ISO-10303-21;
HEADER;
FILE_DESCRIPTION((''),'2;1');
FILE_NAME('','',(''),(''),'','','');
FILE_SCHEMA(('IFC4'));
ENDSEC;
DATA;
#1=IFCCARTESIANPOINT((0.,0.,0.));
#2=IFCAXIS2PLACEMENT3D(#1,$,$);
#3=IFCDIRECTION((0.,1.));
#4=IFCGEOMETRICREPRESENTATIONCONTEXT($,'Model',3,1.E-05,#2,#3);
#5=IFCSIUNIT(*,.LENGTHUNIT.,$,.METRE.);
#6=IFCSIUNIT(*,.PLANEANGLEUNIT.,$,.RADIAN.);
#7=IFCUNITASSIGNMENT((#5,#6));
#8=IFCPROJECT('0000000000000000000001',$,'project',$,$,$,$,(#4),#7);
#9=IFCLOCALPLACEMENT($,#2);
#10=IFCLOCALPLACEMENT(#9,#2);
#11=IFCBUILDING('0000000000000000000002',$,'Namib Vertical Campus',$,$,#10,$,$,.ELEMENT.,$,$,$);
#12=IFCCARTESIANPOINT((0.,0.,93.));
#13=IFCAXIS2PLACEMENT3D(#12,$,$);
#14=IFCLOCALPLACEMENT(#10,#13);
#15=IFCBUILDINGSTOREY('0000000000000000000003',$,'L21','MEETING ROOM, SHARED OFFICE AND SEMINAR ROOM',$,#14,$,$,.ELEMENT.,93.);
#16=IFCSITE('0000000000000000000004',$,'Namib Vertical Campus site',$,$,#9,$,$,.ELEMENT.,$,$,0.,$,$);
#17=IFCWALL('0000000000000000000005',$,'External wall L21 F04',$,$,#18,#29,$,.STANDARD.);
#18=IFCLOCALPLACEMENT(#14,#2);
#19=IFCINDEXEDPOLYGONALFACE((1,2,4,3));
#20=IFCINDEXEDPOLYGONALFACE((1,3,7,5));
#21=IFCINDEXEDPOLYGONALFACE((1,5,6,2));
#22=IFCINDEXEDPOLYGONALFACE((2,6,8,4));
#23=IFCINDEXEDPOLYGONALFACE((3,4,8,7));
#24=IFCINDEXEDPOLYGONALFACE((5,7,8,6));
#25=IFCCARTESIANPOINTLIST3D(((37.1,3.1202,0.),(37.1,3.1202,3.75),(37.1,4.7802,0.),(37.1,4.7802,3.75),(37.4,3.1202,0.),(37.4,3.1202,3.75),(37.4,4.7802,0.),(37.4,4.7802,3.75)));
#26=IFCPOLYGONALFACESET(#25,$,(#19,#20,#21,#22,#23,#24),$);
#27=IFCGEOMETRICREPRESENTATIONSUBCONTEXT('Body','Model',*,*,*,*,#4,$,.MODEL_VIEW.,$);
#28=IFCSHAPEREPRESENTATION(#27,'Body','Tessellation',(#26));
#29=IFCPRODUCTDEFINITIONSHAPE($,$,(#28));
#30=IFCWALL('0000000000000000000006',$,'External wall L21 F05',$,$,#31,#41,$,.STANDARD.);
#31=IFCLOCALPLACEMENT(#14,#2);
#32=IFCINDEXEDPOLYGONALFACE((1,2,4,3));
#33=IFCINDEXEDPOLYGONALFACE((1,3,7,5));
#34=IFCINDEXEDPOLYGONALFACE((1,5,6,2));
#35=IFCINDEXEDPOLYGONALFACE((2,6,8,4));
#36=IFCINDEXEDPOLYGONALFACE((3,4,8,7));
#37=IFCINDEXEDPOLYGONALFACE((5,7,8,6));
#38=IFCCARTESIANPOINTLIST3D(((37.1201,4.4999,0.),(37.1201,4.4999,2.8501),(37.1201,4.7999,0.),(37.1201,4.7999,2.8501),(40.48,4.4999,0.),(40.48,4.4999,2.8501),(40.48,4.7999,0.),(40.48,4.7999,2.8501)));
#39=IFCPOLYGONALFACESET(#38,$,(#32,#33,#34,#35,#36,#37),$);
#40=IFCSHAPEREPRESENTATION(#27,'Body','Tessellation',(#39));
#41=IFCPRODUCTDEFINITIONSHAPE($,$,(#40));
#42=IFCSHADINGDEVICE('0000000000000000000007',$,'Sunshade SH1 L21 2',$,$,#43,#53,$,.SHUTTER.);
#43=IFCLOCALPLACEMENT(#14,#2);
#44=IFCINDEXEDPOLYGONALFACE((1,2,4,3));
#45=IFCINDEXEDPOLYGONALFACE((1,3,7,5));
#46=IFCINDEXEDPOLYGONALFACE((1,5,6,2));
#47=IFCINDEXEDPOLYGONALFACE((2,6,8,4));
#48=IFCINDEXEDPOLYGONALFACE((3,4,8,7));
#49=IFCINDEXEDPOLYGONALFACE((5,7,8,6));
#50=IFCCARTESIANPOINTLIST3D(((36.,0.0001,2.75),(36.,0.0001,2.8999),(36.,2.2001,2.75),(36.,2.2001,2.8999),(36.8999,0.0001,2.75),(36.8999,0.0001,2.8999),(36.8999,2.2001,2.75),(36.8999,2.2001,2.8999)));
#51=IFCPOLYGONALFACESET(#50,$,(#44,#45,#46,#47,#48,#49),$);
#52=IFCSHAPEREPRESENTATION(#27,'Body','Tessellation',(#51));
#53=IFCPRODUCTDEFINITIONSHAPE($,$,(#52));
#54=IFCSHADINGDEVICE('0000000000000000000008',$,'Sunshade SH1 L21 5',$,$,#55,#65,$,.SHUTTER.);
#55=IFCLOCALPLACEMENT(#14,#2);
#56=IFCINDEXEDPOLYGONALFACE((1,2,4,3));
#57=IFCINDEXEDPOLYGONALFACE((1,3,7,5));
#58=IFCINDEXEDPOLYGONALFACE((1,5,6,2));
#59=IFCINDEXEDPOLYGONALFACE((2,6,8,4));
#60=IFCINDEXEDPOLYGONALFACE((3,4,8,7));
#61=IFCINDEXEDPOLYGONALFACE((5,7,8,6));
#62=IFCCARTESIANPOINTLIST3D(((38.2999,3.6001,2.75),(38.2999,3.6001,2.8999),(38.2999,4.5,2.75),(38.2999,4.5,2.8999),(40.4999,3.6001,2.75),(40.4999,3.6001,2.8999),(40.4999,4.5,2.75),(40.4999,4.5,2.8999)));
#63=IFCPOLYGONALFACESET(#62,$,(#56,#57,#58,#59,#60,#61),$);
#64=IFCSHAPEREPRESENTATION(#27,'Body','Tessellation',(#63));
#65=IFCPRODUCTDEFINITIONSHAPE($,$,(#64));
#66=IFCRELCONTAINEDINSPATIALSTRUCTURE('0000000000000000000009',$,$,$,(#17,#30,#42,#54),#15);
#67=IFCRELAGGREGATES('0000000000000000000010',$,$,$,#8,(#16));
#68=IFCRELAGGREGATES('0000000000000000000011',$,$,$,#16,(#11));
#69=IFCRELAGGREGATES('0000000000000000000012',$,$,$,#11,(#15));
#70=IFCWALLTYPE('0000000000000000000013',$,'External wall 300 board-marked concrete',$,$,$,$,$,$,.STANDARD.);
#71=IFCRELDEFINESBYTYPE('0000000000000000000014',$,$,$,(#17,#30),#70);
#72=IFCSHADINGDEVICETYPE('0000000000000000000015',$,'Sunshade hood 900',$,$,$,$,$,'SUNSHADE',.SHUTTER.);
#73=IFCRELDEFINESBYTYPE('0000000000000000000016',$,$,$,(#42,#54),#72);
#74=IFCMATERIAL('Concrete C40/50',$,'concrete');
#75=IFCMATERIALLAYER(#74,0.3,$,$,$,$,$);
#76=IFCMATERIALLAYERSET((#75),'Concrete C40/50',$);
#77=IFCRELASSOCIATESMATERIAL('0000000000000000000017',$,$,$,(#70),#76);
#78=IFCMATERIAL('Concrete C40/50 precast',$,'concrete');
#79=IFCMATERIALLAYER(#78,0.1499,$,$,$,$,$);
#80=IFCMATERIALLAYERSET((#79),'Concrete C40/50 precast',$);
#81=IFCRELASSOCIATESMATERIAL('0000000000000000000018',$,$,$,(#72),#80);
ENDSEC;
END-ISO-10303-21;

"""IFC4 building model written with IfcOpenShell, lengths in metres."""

from ifc_helpers import new_model, si_unit, direction, frame, frame_2d, origin, origin_2d, place, context, subcontext, project, spatial, rectangle, extrude, material, layer, layer_set, type_object, element, save


model = new_model("IFC4")

# Units and contexts
model_context = context("Model", 3, precision=1e-05, world=origin(), true_north=direction((0.0, 1.0)))
body_context = subcontext(model_context, "Body", "Model", "MODEL_VIEW")
ifc_project = project(units=[si_unit("LENGTHUNIT", "METRE"), si_unit("PLANEANGLEUNIT", "RADIAN")], contexts=[model_context])

# Site, building, storey
site_placement = place(None, origin())
site = spatial("IfcSite", under=ifc_project, at=site_placement, Name="Namib Vertical Campus site", CompositionType="ELEMENT", RefElevation=0.0)
building_placement = place(site_placement, origin())
building = spatial("IfcBuilding", under=site, at=building_placement, Name="Namib Vertical Campus", CompositionType="ELEMENT")
storey_placement = place(building_placement, frame((0.0, 0.0, 93.0)))
storey = spatial("IfcBuildingStorey", under=building, at=storey_placement, Name="L21", Description="MEETING ROOM, SHARED OFFICE AND SEMINAR ROOM", CompositionType="ELEMENT", Elevation=93.0)

# Walls
ifc_material_1 = material(Name="Concrete C40/50", Category="concrete")
ifc_layer_1 = layer(ifc_material_1, 0.3)
ifc_layer_set_1 = layer_set([ifc_layer_1], Name="Concrete C40/50")
wall_type_1 = type_object("IfcWallType", Name="External wall 300 board-marked concrete", PredefinedType="STANDARD", material=ifc_layer_set_1)
wall_1_placement = place(storey_placement, frame((37.25, 3.1201, 0.0), z_axis=(0.0, 0.0, 1.0), x_axis=(0.0, 1.0, 0.0)))
element("IfcWall", 1, at=wall_1_placement, inside=storey, type_object=wall_type_1, Name="External wall L21 F04", PredefinedType="STANDARD", context=body_context, shape_type="SweptSolid", body=[
    extrude(rectangle(XDim=1.6599, YDim=0.3, at=frame_2d((0.8301, 0.0))), origin(), (0.0, 0.0, 1.0), 3.75),
])
wall_2_placement = place(storey_placement, frame((37.1201, 4.6499, 0.0), z_axis=(0.0, 0.0, 1.0), x_axis=(1.0, 0.0, 0.0)))
element("IfcWall", 2, at=wall_2_placement, inside=storey, type_object=wall_type_1, Name="External wall L21 F05", PredefinedType="STANDARD", context=body_context, shape_type="SweptSolid", body=[
    extrude(rectangle(XDim=3.3599, YDim=0.3, at=frame_2d((1.6799, 0.0))), origin(), (0.0, 0.0, 1.0), 2.8501),
])

# Shading devices
ifc_material_2 = material(Name="Concrete C40/50 precast", Category="concrete")
ifc_layer_2 = layer(ifc_material_2, 0.1499)
ifc_layer_set_2 = layer_set([ifc_layer_2], Name="Concrete C40/50 precast")
shading_device_type = type_object("IfcShadingDeviceType", Name="Sunshade hood 900", ElementType="SUNSHADE", PredefinedType="SHUTTER", material=ifc_layer_set_2)
for number, where, z_axis, x_axis, name in (
    (3, (36.45, 1.1001, 2.75), (0.0, 0.0, 1.0), (0.0, 1.0, 0.0), "Sunshade SH1 L21 2"),
    (4, (39.3999, 4.05, 2.75), (0.0, 0.0, 1.0), (1.0, 0.0, 0.0), "Sunshade SH1 L21 5"),
):
    element("IfcShadingDevice", number, at=place(storey_placement, frame(where, z_axis=z_axis, x_axis=x_axis)), inside=storey, type_object=shading_device_type, Name=name, PredefinedType="SHUTTER", context=body_context, shape_type="SweptSolid", body=[
        extrude(rectangle(XDim=2.2, YDim=0.8999, at=origin_2d()), origin(), (0.0, 0.0, 1.0), 0.1499),
    ])

save(model, "model.ifc")
